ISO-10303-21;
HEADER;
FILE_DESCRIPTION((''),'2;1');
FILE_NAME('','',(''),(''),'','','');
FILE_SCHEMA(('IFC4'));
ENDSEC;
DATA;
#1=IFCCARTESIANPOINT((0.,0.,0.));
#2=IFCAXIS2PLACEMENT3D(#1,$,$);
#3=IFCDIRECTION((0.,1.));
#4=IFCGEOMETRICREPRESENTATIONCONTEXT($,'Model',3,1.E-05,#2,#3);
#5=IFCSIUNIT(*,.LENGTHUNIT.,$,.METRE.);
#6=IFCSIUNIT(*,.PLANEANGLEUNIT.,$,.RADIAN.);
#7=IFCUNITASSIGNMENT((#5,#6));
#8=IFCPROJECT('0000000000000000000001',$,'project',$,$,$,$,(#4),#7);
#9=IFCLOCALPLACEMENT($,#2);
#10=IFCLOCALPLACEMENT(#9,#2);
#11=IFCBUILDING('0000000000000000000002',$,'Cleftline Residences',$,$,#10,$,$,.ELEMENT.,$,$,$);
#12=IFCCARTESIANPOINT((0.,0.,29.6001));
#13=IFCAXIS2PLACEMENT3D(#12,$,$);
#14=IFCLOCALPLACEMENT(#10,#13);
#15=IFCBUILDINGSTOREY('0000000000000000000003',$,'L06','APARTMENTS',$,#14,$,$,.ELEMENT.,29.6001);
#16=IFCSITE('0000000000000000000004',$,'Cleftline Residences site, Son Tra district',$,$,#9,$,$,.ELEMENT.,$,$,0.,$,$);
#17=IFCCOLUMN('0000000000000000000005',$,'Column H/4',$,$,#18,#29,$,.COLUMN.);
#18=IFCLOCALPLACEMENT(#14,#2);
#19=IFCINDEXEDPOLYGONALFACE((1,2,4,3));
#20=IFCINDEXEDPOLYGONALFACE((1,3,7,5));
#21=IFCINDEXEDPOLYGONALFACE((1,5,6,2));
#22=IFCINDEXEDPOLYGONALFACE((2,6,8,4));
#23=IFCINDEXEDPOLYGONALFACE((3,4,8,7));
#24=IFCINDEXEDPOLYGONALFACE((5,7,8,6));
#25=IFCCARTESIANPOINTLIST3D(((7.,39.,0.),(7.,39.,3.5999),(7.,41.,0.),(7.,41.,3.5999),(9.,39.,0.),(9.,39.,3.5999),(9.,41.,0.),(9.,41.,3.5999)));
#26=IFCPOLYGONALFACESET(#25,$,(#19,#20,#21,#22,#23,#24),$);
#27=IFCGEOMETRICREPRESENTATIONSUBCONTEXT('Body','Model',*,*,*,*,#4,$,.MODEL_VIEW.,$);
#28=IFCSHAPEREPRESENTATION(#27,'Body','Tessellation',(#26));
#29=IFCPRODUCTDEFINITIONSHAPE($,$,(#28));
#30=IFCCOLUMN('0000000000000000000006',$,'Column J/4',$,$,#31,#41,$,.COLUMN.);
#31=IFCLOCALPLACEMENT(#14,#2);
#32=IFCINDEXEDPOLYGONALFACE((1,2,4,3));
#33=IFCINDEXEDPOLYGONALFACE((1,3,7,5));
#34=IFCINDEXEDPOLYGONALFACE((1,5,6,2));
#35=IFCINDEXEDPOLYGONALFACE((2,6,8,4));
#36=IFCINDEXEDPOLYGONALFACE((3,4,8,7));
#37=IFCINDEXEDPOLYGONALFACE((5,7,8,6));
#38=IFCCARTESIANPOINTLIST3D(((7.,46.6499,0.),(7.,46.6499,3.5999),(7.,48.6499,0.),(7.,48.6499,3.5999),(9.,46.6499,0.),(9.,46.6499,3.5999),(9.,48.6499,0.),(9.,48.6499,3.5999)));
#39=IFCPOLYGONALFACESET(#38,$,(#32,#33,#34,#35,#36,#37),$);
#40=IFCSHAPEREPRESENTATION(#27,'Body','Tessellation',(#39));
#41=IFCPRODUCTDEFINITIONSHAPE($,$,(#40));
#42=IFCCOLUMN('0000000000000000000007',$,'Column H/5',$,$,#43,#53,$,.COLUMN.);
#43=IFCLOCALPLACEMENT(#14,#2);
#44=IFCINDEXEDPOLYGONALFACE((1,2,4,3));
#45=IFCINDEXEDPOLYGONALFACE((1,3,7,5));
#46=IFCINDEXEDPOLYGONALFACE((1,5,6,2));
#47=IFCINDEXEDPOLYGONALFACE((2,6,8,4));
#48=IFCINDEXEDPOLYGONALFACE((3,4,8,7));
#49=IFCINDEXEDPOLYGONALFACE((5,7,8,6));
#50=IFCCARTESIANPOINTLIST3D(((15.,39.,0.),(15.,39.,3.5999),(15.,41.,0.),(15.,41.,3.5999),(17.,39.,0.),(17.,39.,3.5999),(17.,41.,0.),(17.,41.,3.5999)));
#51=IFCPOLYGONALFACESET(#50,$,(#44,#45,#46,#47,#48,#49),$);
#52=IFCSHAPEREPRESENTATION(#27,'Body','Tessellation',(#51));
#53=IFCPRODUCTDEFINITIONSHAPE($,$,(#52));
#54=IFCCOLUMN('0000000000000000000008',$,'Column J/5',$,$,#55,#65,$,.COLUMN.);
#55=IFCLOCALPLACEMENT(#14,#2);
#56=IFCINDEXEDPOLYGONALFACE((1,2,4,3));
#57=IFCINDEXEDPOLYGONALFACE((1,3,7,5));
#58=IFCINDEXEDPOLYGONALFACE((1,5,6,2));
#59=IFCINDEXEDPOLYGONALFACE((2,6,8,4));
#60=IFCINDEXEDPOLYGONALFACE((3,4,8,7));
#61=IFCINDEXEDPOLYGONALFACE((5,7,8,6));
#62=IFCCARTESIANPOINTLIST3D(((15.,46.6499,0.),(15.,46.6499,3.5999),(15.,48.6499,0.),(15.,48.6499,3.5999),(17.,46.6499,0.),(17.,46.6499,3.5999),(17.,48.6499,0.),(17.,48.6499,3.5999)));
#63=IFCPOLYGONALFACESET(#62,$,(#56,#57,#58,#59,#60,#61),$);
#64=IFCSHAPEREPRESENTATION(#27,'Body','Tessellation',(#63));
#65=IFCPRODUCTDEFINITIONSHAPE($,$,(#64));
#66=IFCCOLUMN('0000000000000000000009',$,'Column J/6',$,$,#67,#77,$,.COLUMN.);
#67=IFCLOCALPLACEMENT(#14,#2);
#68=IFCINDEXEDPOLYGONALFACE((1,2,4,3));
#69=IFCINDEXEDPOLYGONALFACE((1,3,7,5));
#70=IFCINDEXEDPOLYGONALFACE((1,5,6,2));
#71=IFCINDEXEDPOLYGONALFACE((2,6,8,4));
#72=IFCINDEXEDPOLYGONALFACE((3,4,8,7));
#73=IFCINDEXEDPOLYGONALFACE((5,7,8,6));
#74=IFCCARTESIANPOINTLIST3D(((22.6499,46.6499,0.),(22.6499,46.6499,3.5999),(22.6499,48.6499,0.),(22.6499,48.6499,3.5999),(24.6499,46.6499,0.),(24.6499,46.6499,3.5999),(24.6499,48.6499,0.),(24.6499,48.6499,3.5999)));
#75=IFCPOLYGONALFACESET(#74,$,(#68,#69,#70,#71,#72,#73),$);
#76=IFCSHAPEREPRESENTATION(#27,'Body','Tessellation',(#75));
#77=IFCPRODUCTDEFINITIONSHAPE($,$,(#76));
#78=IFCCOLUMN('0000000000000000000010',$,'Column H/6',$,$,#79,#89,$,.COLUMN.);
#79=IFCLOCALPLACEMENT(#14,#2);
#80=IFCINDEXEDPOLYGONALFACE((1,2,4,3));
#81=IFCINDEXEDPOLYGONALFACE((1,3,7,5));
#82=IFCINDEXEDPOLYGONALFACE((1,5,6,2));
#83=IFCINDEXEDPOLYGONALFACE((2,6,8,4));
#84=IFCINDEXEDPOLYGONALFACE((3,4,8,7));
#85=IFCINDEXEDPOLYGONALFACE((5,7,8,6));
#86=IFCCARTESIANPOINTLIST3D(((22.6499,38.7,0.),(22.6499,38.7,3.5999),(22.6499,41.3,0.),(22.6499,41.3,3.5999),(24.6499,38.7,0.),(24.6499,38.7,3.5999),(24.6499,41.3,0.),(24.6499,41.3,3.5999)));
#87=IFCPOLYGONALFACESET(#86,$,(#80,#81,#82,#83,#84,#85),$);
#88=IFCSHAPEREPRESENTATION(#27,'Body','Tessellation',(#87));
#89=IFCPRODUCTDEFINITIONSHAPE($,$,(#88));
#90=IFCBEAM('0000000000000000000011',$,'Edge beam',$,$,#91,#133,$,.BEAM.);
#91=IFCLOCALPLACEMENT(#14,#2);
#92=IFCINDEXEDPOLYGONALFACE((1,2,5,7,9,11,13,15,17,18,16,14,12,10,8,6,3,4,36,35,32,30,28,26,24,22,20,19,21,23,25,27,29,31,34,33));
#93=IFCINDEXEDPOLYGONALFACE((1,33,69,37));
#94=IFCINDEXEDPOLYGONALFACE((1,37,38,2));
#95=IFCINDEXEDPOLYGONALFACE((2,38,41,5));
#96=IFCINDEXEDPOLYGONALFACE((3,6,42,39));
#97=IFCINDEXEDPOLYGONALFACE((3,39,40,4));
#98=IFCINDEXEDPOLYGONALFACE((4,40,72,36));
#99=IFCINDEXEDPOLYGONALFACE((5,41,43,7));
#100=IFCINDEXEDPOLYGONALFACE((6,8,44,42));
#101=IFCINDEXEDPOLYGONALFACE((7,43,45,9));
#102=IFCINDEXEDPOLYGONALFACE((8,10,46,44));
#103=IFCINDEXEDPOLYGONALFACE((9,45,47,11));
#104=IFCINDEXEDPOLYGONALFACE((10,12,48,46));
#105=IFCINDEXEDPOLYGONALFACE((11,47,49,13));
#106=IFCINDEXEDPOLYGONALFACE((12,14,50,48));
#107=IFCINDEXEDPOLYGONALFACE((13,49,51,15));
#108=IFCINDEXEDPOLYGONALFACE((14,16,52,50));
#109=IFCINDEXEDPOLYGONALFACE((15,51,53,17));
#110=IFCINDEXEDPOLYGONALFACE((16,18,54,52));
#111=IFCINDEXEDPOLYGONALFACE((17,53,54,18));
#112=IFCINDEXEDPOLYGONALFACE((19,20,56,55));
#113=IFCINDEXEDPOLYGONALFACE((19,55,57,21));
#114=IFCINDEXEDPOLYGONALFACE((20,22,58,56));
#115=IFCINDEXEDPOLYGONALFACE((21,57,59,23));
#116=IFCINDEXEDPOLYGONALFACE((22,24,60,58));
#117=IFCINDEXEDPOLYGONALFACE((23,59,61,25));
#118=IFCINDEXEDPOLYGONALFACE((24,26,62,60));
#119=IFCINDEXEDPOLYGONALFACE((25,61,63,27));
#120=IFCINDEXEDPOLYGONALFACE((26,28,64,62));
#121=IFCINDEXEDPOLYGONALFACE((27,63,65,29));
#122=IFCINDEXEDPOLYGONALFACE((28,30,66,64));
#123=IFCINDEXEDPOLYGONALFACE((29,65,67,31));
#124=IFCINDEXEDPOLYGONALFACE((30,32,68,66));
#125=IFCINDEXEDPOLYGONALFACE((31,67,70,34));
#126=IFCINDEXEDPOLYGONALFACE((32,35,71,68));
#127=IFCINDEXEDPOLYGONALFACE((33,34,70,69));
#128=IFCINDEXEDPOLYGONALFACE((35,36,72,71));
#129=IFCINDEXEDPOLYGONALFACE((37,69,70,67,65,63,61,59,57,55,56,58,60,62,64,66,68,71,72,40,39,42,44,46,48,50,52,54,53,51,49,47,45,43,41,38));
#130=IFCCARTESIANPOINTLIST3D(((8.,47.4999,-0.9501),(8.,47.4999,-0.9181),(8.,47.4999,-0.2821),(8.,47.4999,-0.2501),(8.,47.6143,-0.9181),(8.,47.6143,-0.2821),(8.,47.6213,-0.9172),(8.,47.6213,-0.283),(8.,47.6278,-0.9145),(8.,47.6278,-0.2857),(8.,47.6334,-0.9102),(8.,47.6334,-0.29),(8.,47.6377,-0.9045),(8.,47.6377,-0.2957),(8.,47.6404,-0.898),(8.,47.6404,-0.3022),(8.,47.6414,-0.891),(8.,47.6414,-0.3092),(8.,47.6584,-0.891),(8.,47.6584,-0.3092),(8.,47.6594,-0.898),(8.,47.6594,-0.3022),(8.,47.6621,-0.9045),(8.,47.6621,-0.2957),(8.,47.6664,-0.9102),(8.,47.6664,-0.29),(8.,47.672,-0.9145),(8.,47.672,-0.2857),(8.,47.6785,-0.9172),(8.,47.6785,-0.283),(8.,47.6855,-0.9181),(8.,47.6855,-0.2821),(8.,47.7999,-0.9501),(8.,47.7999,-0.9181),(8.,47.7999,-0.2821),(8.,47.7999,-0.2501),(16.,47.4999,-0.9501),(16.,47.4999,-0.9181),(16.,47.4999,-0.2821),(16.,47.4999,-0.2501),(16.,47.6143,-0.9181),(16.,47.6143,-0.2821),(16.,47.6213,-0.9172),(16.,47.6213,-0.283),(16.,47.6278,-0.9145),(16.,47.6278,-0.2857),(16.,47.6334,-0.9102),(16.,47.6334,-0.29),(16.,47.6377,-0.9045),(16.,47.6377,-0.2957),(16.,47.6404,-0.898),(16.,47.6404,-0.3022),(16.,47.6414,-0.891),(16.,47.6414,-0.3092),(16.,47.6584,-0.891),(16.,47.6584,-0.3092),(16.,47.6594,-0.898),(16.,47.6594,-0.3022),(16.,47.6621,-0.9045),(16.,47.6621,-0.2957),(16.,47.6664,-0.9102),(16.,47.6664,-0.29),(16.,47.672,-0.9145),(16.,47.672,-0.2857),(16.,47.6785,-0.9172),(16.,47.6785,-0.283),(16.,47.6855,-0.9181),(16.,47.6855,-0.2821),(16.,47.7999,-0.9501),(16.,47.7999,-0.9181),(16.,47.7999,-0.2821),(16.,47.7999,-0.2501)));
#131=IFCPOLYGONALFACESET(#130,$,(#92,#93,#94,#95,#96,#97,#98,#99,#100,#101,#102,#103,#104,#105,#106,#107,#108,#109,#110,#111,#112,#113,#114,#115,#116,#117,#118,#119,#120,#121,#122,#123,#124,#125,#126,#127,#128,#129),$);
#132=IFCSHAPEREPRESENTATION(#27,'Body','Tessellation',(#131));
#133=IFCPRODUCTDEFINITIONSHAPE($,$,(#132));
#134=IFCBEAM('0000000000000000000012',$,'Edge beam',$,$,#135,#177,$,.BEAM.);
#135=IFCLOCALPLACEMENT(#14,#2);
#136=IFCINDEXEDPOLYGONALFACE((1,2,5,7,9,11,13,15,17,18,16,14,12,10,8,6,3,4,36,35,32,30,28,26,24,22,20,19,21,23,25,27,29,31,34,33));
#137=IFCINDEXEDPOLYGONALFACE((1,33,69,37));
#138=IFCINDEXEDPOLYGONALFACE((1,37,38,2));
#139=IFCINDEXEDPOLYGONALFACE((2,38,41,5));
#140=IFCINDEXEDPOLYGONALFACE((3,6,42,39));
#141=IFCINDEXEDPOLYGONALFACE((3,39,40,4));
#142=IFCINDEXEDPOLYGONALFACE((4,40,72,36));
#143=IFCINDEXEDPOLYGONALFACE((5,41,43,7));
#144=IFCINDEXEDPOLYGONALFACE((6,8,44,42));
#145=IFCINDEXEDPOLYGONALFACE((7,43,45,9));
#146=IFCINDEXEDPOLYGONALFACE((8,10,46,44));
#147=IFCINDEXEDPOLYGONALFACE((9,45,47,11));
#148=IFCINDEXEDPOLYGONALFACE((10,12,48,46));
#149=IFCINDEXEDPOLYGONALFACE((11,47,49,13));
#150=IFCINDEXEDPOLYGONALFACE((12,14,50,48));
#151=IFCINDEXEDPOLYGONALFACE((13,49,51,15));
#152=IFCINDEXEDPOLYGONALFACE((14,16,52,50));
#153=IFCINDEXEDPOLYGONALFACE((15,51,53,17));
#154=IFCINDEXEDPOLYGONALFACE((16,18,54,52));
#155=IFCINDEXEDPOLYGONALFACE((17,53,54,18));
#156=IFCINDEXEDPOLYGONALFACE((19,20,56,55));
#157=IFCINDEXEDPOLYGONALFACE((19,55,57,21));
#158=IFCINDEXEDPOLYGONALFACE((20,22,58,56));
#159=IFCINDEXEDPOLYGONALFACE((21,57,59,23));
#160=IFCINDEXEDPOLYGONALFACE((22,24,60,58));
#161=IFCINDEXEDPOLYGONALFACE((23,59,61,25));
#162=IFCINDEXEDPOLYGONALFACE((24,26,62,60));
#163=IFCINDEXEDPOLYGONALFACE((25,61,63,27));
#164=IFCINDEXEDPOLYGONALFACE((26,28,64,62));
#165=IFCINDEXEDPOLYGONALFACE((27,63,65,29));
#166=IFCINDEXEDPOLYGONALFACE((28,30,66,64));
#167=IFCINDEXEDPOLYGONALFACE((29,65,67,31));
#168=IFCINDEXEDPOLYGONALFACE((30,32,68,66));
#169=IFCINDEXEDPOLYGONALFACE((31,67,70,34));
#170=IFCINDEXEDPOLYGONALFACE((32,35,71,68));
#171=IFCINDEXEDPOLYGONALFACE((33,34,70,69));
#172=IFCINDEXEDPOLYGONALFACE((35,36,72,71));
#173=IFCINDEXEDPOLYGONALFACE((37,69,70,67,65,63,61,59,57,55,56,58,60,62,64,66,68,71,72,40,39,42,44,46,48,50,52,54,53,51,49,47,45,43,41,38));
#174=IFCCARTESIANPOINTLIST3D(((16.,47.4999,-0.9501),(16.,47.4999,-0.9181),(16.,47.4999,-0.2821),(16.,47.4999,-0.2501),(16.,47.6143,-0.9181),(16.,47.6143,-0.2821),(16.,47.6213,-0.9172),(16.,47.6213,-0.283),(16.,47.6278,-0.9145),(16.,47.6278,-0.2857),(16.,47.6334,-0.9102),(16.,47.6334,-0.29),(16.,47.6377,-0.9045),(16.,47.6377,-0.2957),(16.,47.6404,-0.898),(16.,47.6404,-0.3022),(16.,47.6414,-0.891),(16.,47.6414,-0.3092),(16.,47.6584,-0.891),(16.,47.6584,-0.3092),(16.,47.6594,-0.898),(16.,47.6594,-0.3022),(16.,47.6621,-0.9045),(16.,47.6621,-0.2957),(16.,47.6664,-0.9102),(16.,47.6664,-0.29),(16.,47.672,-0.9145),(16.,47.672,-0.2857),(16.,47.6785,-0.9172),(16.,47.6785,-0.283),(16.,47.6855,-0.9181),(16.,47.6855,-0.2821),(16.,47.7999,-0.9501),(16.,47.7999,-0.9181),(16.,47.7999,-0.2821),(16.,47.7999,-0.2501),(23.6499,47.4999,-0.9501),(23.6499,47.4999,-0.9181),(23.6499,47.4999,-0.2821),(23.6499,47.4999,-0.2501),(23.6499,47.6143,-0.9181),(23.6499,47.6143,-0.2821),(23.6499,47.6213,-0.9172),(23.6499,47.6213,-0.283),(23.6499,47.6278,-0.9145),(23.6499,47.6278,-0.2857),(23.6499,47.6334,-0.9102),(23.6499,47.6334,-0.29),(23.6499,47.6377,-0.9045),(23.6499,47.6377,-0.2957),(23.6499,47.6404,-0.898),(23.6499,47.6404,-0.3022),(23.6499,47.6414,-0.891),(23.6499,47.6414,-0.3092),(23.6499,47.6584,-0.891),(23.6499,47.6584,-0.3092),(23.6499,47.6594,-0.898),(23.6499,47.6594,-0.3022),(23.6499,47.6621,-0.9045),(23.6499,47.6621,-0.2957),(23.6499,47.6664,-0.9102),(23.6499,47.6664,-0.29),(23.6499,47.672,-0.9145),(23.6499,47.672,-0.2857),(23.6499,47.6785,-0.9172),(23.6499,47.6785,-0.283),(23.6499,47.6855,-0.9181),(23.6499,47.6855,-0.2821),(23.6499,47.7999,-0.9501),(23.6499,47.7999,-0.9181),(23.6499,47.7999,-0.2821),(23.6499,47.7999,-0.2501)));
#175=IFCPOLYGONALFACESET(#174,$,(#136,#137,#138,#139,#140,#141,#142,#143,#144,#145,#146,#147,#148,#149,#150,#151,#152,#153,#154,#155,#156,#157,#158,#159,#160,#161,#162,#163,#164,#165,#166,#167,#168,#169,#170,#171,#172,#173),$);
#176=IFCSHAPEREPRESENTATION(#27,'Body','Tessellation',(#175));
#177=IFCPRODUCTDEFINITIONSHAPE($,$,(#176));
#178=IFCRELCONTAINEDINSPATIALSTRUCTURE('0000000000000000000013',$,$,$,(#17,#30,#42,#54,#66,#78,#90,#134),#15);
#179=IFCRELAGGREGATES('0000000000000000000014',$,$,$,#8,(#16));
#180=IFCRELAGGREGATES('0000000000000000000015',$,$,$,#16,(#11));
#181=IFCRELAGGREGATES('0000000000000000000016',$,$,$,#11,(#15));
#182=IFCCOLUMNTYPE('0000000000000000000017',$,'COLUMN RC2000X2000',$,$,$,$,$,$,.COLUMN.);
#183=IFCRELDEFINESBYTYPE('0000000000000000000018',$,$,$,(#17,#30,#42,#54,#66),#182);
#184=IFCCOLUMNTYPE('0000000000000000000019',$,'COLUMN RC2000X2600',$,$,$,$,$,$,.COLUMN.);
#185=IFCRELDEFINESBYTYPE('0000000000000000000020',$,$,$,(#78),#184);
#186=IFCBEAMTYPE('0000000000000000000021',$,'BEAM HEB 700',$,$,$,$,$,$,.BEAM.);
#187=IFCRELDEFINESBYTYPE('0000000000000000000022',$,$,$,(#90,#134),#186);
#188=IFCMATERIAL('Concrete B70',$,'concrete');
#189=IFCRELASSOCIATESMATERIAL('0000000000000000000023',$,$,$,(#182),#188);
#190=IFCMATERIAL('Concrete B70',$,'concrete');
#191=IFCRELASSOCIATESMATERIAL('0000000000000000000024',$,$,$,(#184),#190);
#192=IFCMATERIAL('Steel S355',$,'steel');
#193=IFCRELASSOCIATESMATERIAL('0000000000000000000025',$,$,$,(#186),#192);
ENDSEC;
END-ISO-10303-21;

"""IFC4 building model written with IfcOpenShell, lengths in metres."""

from ifc_helpers import new_model, si_unit, direction, frame, origin, origin_2d, place, context, subcontext, project, spatial, rectangle, i_section, extrude, material, material_profile, profile_set, type_object, element, save


model = new_model("IFC4")

# Units and contexts
model_context = context("Model", 3, precision=1e-05, world=origin(), true_north=direction((0.0, 1.0)))
body_context = subcontext(model_context, "Body", "Model", "MODEL_VIEW")
ifc_project = project(units=[si_unit("LENGTHUNIT", "METRE"), si_unit("PLANEANGLEUNIT", "RADIAN")], contexts=[model_context])

# Site, building, storey
site_placement = place(None, origin())
site = spatial("IfcSite", under=ifc_project, at=site_placement, Name="Cleftline Residences site, Son Tra district", CompositionType="ELEMENT", RefElevation=0.0)
building_placement = place(site_placement, origin())
building = spatial("IfcBuilding", under=site, at=building_placement, Name="Cleftline Residences", CompositionType="ELEMENT")
storey_placement = place(building_placement, frame((0.0, 0.0, 29.6001)))
storey = spatial("IfcBuildingStorey", under=building, at=storey_placement, Name="L06", Description="APARTMENTS", CompositionType="ELEMENT", Elevation=29.6001)

# Columns
ifc_material_1 = material(Name="Concrete B70", Category="concrete")
ifc_material_profile_1 = material_profile(ifc_material_1, rectangle(XDim=2.0, YDim=2.0, at=origin_2d()))
ifc_profile_set_1 = profile_set([ifc_material_profile_1], Name="Concrete B70")
column_type_1 = type_object("IfcColumnType", Name="COLUMN RC2000X2000", PredefinedType="COLUMN", material=ifc_profile_set_1)
for number, where, z_axis, x_axis, name in (
    (1, (8.0, 40.0, 0.0), (0.0, 0.0, 1.0), (1.0, 0.0, 0.0), "Column H/4"),
    (2, (8.0, 47.6499, 0.0), (0.0, 0.0, 1.0), (1.0, 0.0, 0.0), "Column J/4"),
    (3, (16.0, 40.0, 0.0), (0.0, 0.0, 1.0), (1.0, 0.0, 0.0), "Column H/5"),
    (4, (16.0, 47.6499, 0.0), (0.0, 0.0, 1.0), (1.0, 0.0, 0.0), "Column J/5"),
    (5, (23.6499, 47.6499, 0.0), (0.0, 0.0, 1.0), (1.0, 0.0, 0.0), "Column J/6"),
):
    element("IfcColumn", number, at=place(storey_placement, frame(where, z_axis=z_axis, x_axis=x_axis)), inside=storey, type_object=column_type_1, Name=name, PredefinedType="COLUMN", context=body_context, shape_type="SweptSolid", body=[
        extrude(rectangle(XDim=2.0, YDim=2.0, at=origin_2d()), origin(), (0.0, 0.0, 1.0), 3.5999),
    ])
ifc_material_2 = material(Name="Concrete B70", Category="concrete")
ifc_material_profile_2 = material_profile(ifc_material_2, rectangle(XDim=2.0, YDim=2.6001, at=origin_2d()))
ifc_profile_set_2 = profile_set([ifc_material_profile_2], Name="Concrete B70")
column_type_2 = type_object("IfcColumnType", Name="COLUMN RC2000X2600", PredefinedType="COLUMN", material=ifc_profile_set_2)
column_placement = place(storey_placement, frame((23.6499, 40.0, 0.0), z_axis=(0.0, 0.0, 1.0), x_axis=(1.0, 0.0, 0.0)))
element("IfcColumn", 6, at=column_placement, inside=storey, type_object=column_type_2, Name="Column H/6", PredefinedType="COLUMN", context=body_context, shape_type="SweptSolid", body=[
    extrude(rectangle(XDim=2.0, YDim=2.6001, at=origin_2d()), origin(), (0.0, 0.0, 1.0), 3.5999),
])

# Beams
ifc_material_3 = material(Name="Steel S355", Category="steel")
ifc_material_profile_3 = material_profile(ifc_material_3, i_section(OverallWidth=0.3, OverallDepth=0.7, WebThickness=0.0171, FlangeThickness=0.032, FilletRadius=0.0271, at=origin_2d()))
ifc_profile_set_3 = profile_set([ifc_material_profile_3], Name="Steel S355")
beam_type = type_object("IfcBeamType", Name="BEAM HEB 700", PredefinedType="BEAM", material=ifc_profile_set_3)
beam_1_placement = place(storey_placement, frame((8.0, 47.6499, -0.6001), z_axis=(1.0, 0.0, 0.0), x_axis=(0.0, 1.0, 0.0)))
element("IfcBeam", 7, at=beam_1_placement, inside=storey, type_object=beam_type, Name="Edge beam", PredefinedType="BEAM", context=body_context, shape_type="SweptSolid", body=[
    extrude(i_section(OverallWidth=0.3, OverallDepth=0.7, WebThickness=0.0171, FlangeThickness=0.032, FilletRadius=0.0271, at=origin_2d()), origin(), (0.0, 0.0, 1.0), 8.0),
])
beam_2_placement = place(storey_placement, frame((16.0, 47.6499, -0.6001), z_axis=(1.0, 0.0, 0.0), x_axis=(0.0, 1.0, 0.0)))
element("IfcBeam", 8, at=beam_2_placement, inside=storey, type_object=beam_type, Name="Edge beam", PredefinedType="BEAM", context=body_context, shape_type="SweptSolid", body=[
    extrude(i_section(OverallWidth=0.3, OverallDepth=0.7, WebThickness=0.0171, FlangeThickness=0.032, FilletRadius=0.0271, at=origin_2d()), origin(), (0.0, 0.0, 1.0), 7.6499),
])

save(model, "model.ifc")
